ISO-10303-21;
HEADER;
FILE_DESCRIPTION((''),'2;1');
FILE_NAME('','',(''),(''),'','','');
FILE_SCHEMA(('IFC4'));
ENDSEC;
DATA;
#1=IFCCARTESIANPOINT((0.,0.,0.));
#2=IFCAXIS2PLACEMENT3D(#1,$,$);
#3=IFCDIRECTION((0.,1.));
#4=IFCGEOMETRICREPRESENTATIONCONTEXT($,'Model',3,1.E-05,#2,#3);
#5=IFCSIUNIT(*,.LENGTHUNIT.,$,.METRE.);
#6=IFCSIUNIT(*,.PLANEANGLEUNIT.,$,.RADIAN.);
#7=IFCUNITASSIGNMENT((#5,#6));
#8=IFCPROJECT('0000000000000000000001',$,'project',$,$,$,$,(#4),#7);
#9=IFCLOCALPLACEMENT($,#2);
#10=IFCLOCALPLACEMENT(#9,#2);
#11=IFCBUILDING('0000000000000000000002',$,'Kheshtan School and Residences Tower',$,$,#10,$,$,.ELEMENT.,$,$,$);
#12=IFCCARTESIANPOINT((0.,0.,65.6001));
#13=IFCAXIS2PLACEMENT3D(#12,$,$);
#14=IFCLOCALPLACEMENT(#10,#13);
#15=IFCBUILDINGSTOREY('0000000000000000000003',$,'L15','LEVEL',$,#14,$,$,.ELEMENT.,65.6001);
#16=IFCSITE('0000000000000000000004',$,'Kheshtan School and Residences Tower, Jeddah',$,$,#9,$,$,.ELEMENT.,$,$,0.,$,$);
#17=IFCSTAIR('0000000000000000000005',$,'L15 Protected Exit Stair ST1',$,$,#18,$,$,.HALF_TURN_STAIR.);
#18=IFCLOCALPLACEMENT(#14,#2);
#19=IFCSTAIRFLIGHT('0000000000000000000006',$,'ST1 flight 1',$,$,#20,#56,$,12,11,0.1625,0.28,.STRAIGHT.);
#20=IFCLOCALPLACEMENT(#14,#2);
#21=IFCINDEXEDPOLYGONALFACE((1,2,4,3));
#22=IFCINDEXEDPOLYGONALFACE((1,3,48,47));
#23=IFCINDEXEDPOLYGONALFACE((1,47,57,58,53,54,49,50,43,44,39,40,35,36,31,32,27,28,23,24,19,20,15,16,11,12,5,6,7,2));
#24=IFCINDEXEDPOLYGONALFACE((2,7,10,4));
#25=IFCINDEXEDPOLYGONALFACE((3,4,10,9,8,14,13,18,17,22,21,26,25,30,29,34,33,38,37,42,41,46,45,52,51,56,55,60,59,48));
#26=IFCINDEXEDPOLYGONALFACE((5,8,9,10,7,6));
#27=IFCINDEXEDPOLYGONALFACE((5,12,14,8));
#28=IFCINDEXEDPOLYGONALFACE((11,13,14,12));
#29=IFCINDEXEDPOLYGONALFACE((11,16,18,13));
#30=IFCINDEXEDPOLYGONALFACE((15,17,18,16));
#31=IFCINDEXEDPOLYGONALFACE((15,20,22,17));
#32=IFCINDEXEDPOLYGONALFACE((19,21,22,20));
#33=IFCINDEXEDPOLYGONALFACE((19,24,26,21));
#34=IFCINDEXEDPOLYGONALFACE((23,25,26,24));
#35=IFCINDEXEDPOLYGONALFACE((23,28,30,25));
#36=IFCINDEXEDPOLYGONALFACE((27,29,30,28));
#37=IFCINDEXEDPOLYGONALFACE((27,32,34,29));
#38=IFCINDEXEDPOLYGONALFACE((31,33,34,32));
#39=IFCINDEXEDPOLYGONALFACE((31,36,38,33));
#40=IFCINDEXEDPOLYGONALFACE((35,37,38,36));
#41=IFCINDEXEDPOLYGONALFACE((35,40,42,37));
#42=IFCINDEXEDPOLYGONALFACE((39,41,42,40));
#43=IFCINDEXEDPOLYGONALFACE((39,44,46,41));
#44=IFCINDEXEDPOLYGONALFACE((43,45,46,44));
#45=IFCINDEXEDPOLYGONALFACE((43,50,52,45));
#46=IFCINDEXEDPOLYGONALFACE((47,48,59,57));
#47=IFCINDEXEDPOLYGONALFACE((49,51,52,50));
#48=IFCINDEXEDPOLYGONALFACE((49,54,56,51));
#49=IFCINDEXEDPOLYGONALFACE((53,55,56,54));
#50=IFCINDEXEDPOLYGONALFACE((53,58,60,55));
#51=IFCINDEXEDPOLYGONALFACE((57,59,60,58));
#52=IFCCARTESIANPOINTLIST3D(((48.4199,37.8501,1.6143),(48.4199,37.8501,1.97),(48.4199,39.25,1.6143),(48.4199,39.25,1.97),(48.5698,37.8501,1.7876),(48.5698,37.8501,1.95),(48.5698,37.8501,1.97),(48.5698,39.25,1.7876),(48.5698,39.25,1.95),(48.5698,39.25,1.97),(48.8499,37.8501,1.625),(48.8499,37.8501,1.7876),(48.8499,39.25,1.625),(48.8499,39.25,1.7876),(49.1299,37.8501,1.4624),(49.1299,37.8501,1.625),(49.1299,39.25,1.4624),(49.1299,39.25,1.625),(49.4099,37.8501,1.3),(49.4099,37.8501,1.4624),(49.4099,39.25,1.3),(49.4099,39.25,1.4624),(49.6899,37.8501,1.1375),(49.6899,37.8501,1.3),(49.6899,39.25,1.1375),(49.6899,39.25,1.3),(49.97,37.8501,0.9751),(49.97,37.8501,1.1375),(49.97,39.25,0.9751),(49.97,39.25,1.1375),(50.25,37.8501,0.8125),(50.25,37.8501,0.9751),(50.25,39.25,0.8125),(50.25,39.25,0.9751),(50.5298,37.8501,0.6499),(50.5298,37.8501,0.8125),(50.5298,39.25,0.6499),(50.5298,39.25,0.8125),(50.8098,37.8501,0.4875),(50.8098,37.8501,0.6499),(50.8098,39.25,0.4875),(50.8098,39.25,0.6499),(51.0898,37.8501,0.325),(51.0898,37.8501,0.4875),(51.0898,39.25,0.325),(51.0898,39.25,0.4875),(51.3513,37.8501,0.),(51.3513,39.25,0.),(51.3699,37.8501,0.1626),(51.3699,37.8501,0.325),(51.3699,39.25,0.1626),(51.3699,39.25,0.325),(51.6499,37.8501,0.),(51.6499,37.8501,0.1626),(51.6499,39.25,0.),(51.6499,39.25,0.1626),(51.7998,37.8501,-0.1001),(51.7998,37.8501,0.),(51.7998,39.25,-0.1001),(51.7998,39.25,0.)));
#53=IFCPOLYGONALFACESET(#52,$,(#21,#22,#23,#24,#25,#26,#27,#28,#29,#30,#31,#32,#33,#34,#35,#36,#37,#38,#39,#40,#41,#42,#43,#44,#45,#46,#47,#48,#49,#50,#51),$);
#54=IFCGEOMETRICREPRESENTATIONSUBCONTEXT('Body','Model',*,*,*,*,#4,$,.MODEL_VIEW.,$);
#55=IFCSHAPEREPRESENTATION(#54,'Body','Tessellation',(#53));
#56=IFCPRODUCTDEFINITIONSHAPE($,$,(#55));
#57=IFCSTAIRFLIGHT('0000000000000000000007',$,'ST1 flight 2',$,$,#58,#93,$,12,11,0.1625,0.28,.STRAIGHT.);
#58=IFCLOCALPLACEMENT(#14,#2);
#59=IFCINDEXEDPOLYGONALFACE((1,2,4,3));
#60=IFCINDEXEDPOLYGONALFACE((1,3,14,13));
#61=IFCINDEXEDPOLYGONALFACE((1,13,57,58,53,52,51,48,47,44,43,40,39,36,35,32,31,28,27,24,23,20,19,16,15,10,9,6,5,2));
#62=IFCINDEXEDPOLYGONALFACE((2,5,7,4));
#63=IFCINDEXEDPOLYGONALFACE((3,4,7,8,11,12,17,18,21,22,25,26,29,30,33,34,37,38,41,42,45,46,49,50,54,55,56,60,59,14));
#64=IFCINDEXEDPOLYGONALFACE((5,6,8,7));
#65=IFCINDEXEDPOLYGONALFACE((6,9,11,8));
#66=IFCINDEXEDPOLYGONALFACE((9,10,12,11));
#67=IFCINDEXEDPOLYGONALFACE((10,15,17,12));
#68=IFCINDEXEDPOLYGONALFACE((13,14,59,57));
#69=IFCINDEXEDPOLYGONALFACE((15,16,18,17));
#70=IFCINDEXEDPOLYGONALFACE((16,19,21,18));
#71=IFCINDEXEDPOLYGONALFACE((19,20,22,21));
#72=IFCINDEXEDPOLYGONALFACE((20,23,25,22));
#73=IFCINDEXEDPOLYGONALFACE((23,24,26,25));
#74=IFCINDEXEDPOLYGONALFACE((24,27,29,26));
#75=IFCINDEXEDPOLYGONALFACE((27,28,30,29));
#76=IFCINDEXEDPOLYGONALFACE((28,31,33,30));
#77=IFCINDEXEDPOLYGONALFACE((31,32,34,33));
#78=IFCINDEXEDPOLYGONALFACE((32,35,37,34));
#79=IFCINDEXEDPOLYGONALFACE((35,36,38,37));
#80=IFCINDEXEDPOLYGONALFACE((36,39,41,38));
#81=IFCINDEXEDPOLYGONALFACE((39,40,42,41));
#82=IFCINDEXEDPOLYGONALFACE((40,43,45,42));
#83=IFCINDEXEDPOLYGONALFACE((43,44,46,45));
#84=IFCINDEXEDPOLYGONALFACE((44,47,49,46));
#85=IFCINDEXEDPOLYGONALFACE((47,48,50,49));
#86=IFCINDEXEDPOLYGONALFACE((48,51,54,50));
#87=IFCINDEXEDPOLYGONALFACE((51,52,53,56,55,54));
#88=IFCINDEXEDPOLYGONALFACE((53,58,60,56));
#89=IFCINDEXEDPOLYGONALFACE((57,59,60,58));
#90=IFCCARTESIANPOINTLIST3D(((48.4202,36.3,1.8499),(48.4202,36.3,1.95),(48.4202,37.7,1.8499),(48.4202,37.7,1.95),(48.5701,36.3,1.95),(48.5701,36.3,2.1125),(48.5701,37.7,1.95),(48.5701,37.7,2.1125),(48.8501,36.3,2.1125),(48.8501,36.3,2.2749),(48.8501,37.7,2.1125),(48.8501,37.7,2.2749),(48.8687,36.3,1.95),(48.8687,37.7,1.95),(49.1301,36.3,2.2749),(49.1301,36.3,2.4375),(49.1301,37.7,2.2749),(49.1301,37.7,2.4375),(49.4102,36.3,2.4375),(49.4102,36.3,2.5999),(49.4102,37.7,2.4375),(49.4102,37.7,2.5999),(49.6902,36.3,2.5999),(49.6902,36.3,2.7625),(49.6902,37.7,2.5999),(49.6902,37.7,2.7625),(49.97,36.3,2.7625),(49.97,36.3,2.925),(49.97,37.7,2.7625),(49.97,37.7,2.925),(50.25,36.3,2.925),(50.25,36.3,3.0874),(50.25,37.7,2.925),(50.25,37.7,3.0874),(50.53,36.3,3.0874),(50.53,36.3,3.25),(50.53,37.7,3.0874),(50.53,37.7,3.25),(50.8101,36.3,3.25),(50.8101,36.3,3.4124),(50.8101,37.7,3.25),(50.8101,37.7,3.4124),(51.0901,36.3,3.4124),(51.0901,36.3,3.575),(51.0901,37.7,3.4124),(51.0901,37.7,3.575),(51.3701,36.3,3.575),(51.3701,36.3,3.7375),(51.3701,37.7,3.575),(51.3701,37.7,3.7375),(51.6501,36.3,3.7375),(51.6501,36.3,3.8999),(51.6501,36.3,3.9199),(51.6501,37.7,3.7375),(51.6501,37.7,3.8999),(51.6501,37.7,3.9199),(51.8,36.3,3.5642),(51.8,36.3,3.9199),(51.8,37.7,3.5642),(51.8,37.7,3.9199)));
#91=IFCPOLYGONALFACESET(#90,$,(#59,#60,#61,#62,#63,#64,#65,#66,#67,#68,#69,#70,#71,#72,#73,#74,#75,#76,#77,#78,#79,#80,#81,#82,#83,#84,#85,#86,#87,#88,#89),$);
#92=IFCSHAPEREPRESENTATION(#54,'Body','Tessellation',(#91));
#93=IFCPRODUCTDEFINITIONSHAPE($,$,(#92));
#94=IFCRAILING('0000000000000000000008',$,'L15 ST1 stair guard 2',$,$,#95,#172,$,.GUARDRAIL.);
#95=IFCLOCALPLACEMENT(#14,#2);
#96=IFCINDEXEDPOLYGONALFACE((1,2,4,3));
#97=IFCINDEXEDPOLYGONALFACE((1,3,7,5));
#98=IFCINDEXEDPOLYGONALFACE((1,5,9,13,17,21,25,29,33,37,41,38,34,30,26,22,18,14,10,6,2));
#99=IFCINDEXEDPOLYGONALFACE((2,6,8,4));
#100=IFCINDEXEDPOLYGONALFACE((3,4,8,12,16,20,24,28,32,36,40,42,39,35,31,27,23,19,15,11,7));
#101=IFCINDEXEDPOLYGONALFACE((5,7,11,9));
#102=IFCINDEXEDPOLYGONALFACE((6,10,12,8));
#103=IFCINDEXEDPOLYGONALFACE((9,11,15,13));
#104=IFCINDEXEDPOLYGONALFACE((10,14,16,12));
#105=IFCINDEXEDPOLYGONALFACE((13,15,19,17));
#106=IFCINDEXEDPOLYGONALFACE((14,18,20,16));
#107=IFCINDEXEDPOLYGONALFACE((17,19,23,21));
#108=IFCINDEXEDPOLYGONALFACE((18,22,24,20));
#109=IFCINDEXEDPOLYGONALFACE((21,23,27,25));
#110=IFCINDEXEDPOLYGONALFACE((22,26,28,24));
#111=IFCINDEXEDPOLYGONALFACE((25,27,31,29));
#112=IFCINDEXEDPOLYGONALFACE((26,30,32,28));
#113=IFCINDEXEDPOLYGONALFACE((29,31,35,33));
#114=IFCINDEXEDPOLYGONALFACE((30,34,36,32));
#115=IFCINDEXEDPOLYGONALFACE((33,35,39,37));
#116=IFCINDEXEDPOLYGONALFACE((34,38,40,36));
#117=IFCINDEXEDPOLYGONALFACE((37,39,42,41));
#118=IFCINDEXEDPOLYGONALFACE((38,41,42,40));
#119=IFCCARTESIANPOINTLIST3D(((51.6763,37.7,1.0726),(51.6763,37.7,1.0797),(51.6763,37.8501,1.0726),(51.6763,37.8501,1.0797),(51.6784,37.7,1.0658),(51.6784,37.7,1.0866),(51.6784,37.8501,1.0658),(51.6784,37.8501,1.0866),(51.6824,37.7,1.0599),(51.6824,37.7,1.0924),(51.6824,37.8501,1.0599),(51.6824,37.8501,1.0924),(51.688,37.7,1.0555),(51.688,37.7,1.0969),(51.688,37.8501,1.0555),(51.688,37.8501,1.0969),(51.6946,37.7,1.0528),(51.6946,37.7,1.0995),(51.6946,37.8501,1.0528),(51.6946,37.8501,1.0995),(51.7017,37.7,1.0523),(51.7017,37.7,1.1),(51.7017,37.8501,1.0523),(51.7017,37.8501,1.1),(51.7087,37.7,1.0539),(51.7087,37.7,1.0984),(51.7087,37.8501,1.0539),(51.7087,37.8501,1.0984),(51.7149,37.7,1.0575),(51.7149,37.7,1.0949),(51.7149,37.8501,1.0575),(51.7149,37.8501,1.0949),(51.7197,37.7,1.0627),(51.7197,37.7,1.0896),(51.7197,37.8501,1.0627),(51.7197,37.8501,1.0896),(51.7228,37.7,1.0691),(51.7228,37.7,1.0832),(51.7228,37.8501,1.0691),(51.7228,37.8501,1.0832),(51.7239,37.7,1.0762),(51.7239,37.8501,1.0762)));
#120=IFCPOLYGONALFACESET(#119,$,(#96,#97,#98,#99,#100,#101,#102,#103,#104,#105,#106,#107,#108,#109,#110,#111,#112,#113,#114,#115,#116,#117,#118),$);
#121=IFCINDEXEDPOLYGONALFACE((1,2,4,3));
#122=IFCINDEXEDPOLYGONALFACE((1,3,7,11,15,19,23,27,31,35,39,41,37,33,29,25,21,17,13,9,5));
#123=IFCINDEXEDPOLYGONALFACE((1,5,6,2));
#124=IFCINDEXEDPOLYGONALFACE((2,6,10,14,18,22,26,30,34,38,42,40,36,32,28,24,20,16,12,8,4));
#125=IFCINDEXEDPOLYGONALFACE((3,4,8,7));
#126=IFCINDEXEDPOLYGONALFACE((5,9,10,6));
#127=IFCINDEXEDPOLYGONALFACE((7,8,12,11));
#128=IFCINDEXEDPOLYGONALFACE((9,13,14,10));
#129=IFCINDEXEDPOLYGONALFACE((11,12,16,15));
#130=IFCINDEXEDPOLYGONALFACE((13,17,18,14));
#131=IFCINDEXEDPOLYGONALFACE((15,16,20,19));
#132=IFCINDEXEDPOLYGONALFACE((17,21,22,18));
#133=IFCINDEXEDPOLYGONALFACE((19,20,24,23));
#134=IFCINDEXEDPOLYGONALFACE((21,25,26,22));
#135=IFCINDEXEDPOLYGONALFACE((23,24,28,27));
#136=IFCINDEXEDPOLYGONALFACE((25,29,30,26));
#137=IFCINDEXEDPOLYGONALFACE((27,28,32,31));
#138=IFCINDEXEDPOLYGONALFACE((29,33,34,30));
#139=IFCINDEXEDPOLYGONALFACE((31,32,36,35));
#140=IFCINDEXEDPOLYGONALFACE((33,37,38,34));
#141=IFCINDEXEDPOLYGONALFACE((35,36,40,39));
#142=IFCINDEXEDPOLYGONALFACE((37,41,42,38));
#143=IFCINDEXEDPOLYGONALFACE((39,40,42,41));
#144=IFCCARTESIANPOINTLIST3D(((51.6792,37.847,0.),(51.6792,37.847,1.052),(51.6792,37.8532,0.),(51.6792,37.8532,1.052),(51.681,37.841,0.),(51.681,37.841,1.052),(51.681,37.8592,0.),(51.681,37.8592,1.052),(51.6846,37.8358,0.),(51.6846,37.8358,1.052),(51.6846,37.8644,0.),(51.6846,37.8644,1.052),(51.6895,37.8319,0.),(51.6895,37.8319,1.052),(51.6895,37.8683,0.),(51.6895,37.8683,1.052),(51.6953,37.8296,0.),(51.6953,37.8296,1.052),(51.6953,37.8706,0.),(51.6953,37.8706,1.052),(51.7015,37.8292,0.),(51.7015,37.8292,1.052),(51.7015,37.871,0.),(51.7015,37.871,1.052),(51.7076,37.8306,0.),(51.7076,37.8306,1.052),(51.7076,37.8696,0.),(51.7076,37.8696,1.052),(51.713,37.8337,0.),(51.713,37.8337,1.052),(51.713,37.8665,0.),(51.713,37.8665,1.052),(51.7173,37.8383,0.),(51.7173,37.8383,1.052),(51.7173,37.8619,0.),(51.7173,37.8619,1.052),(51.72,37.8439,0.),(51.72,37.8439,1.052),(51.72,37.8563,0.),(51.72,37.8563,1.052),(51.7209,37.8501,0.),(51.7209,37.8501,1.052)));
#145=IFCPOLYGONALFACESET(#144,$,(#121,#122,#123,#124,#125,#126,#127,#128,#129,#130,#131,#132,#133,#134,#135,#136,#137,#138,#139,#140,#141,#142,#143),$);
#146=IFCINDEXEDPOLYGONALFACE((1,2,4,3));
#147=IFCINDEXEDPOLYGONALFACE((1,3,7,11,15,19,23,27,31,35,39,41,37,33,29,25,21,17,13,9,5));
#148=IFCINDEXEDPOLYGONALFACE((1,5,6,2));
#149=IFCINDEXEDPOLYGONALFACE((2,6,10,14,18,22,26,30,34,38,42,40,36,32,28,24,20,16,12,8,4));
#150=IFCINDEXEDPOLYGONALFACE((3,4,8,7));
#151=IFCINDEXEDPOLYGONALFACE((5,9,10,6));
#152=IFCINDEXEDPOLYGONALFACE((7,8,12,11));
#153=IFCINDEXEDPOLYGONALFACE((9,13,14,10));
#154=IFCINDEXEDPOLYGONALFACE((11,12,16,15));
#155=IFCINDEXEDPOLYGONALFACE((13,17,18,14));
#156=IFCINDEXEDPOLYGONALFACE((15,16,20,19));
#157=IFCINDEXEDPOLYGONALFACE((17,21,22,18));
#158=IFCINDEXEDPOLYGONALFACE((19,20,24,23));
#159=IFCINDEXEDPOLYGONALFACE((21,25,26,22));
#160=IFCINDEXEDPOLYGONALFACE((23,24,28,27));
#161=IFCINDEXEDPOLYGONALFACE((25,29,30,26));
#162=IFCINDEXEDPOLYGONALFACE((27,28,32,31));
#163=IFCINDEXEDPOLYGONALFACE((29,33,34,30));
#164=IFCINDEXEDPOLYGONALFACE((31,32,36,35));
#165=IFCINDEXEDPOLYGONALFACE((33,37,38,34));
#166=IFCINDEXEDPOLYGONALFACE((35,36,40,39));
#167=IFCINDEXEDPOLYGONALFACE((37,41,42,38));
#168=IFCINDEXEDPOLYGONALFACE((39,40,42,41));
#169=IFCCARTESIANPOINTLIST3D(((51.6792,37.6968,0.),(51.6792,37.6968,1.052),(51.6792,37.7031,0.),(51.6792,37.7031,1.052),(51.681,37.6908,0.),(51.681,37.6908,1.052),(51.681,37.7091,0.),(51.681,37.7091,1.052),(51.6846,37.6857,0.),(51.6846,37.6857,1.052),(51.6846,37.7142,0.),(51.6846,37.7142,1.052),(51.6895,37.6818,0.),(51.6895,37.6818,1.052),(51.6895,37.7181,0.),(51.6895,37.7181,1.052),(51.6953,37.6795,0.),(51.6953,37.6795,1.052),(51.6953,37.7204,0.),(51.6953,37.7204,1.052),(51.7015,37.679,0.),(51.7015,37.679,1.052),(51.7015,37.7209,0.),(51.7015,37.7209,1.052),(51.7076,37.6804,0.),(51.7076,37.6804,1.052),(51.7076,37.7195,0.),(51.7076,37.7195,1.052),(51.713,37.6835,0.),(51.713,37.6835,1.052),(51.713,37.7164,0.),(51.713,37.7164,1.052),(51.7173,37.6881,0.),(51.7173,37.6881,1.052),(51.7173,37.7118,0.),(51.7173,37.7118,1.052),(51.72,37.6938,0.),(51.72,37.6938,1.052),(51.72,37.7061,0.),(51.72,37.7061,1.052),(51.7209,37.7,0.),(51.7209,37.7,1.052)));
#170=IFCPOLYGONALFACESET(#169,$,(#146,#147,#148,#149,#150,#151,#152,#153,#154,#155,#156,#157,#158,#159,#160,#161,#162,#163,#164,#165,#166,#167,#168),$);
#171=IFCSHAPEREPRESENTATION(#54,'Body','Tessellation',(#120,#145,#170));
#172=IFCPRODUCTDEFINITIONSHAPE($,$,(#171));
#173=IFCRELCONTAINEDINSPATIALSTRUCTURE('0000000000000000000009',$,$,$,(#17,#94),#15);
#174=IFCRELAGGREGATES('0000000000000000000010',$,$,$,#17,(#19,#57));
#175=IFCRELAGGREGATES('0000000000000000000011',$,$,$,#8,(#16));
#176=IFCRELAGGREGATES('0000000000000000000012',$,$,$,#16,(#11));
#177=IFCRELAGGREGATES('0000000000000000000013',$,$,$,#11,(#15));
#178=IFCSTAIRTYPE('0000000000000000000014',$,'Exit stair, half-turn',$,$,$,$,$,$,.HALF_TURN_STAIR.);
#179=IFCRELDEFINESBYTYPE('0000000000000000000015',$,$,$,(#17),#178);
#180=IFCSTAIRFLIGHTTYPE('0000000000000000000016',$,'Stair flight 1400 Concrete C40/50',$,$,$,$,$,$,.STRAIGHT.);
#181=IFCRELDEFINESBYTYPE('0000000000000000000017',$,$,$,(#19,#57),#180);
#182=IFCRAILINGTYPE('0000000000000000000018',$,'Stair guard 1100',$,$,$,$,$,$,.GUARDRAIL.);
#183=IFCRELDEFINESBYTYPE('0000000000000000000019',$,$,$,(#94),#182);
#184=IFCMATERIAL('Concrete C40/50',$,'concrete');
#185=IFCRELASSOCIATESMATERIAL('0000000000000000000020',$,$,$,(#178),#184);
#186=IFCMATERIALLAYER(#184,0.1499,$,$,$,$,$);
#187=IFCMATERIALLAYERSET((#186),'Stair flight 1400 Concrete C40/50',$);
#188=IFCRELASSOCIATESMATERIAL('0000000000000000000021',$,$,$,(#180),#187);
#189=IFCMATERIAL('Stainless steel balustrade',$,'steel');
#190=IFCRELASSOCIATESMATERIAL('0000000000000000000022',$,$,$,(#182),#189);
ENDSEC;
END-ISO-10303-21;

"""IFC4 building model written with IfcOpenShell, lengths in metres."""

from ifc_helpers import new_model, si_unit, direction, frame, origin, origin_2d, place, context, subcontext, project, spatial, polyline, circle, outline, extrude, material, layer, layer_set, type_object, element, aggregate, save


model = new_model("IFC4")

# Units and contexts
model_context = context("Model", 3, precision=1e-05, world=origin(), true_north=direction((0.0, 1.0)))
body_context = subcontext(model_context, "Body", "Model", "MODEL_VIEW")
ifc_project = project(units=[si_unit("LENGTHUNIT", "METRE"), si_unit("PLANEANGLEUNIT", "RADIAN")], contexts=[model_context])

# Site, building, storey
site_placement = place(None, origin())
site = spatial("IfcSite", under=ifc_project, at=site_placement, Name="Kheshtan School and Residences Tower, Jeddah", CompositionType="ELEMENT", RefElevation=0.0)
building_placement = place(site_placement, origin())
building = spatial("IfcBuilding", under=site, at=building_placement, Name="Kheshtan School and Residences Tower", CompositionType="ELEMENT")
storey_placement = place(building_placement, frame((0.0, 0.0, 65.6001)))
storey = spatial("IfcBuildingStorey", under=building, at=storey_placement, Name="L15", Description="LEVEL", CompositionType="ELEMENT", Elevation=65.6001)

# Shared definitions
ifc_material_1 = material(Name="Concrete C40/50", Category="concrete")

# Stair, stair flights
stair_type = type_object("IfcStairType", Name="Exit stair, half-turn", PredefinedType="HALF_TURN_STAIR", material=ifc_material_1)
stair_placement = place(storey_placement, origin())
stair = element("IfcStair", 1, at=stair_placement, inside=storey, type_object=stair_type, Name="L15 Protected Exit Stair ST1", PredefinedType="HALF_TURN_STAIR")
ifc_layer_1 = layer(ifc_material_1, 0.1499)
ifc_layer_set_1 = layer_set([ifc_layer_1], Name="Stair flight 1400 Concrete C40/50")
stair_flight_type = type_object("IfcStairFlightType", Name="Stair flight 1400 Concrete C40/50", PredefinedType="STRAIGHT", material=ifc_layer_set_1)
stair_flight_1_placement = place(storey_placement, frame((51.6499, 38.55, 0.0), z_axis=(0.0, 0.0, 1.0), x_axis=(-1.0, 0.0, 0.0)))
stair_flight_1 = element("IfcStairFlight", 2, at=stair_flight_1_placement, type_object=stair_flight_type, Name="ST1 flight 1", NumberOfRisers=12, NumberOfTreads=11, PredefinedType="STRAIGHT", RiserHeight=0.1625, TreadLength=0.28, context=body_context, shape_type="SweptSolid", body=[
    extrude(outline(polyline([(-0.1499, -0.1001), (-0.1499, 0.0), (0.0, 0.0), (0.0, 0.1626), (0.28, 0.1626), (0.28, 0.325), (0.5601, 0.325), (0.5601, 0.4875), (0.8401, 0.4875), (0.8401, 0.6499), (1.1201, 0.6499), (1.1201, 0.8125), (1.3999, 0.8125), (1.3999, 0.9751), (1.6799, 0.9751), (1.6799, 1.1375), (1.96, 1.1375), (1.96, 1.3), (2.24, 1.3), (2.24, 1.4624), (2.52, 1.4624), (2.52, 1.625), (2.8, 1.625), (2.8, 1.7876), (3.0801, 1.7876), (3.0801, 1.95), (3.0801, 1.97), (3.23, 1.97), (3.23, 1.6143), (0.2986, 0.0), (-0.1499, -0.1001)])), frame((0.0, 0.7, 0.0), z_axis=(0.0, -1.0, 0.0), x_axis=(1.0, 0.0, 0.0)), (0.0, 0.0, 1.0), 1.3999),
])
stair_flight_2_placement = place(storey_placement, frame((48.5701, 37.0, 1.95), z_axis=(0.0, 0.0, 1.0), x_axis=(1.0, 0.0, 0.0)))
stair_flight_2 = element("IfcStairFlight", 3, at=stair_flight_2_placement, type_object=stair_flight_type, Name="ST1 flight 2", NumberOfRisers=12, NumberOfTreads=11, PredefinedType="STRAIGHT", RiserHeight=0.1625, TreadLength=0.28, context=body_context, shape_type="SweptSolid", body=[
    extrude(outline(polyline([(-0.1499, -0.1001), (-0.1499, 0.0), (0.0, 0.0), (0.0, 0.1626), (0.28, 0.1626), (0.28, 0.325), (0.5601, 0.325), (0.5601, 0.4875), (0.8401, 0.4875), (0.8401, 0.6499), (1.1201, 0.6499), (1.1201, 0.8125), (1.3999, 0.8125), (1.3999, 0.9751), (1.6799, 0.9751), (1.6799, 1.1375), (1.96, 1.1375), (1.96, 1.3), (2.24, 1.3), (2.24, 1.4624), (2.52, 1.4624), (2.52, 1.625), (2.8, 1.625), (2.8, 1.7876), (3.0801, 1.7876), (3.0801, 1.95), (3.0801, 1.97), (3.23, 1.97), (3.23, 1.6143), (0.2986, 0.0), (-0.1499, -0.1001)])), frame((0.0, 0.7, 0.0), z_axis=(0.0, -1.0, 0.0), x_axis=(1.0, 0.0, 0.0)), (0.0, 0.0, 1.0), 1.3999),
])
aggregate(stair, [stair_flight_1, stair_flight_2])

# Railing
ifc_material_2 = material(Name="Stainless steel balustrade", Category="steel")
railing_type_1 = type_object("IfcRailingType", Name="Stair guard 1100", PredefinedType="GUARDRAIL", material=ifc_material_2)
railing_1_placement = place(storey_placement, frame((51.7, 37.8501, 0.0)))
element("IfcRailing", 4, at=railing_1_placement, inside=storey, type_object=railing_type_1, Name="L15 ST1 stair guard 2", PredefinedType="GUARDRAIL", context=body_context, shape_type="SweptSolid", body=[
    extrude(circle(Radius=0.0239, at=origin_2d()), frame((0.0, 0.0, 1.0762), z_axis=(0.0, -1.0, 0.0), x_axis=(1.0, 0.0, 0.0)), (0.0, 0.0, 1.0), 0.1501),
    extrude(circle(Radius=0.021, at=origin_2d()), origin(), (0.0, 0.0, 1.0), 1.052),
    extrude(circle(Radius=0.021, at=origin_2d()), frame((0.0, -0.1501, 0.0)), (0.0, 0.0, 1.0), 1.052),
])

save(model, "model.ifc")
